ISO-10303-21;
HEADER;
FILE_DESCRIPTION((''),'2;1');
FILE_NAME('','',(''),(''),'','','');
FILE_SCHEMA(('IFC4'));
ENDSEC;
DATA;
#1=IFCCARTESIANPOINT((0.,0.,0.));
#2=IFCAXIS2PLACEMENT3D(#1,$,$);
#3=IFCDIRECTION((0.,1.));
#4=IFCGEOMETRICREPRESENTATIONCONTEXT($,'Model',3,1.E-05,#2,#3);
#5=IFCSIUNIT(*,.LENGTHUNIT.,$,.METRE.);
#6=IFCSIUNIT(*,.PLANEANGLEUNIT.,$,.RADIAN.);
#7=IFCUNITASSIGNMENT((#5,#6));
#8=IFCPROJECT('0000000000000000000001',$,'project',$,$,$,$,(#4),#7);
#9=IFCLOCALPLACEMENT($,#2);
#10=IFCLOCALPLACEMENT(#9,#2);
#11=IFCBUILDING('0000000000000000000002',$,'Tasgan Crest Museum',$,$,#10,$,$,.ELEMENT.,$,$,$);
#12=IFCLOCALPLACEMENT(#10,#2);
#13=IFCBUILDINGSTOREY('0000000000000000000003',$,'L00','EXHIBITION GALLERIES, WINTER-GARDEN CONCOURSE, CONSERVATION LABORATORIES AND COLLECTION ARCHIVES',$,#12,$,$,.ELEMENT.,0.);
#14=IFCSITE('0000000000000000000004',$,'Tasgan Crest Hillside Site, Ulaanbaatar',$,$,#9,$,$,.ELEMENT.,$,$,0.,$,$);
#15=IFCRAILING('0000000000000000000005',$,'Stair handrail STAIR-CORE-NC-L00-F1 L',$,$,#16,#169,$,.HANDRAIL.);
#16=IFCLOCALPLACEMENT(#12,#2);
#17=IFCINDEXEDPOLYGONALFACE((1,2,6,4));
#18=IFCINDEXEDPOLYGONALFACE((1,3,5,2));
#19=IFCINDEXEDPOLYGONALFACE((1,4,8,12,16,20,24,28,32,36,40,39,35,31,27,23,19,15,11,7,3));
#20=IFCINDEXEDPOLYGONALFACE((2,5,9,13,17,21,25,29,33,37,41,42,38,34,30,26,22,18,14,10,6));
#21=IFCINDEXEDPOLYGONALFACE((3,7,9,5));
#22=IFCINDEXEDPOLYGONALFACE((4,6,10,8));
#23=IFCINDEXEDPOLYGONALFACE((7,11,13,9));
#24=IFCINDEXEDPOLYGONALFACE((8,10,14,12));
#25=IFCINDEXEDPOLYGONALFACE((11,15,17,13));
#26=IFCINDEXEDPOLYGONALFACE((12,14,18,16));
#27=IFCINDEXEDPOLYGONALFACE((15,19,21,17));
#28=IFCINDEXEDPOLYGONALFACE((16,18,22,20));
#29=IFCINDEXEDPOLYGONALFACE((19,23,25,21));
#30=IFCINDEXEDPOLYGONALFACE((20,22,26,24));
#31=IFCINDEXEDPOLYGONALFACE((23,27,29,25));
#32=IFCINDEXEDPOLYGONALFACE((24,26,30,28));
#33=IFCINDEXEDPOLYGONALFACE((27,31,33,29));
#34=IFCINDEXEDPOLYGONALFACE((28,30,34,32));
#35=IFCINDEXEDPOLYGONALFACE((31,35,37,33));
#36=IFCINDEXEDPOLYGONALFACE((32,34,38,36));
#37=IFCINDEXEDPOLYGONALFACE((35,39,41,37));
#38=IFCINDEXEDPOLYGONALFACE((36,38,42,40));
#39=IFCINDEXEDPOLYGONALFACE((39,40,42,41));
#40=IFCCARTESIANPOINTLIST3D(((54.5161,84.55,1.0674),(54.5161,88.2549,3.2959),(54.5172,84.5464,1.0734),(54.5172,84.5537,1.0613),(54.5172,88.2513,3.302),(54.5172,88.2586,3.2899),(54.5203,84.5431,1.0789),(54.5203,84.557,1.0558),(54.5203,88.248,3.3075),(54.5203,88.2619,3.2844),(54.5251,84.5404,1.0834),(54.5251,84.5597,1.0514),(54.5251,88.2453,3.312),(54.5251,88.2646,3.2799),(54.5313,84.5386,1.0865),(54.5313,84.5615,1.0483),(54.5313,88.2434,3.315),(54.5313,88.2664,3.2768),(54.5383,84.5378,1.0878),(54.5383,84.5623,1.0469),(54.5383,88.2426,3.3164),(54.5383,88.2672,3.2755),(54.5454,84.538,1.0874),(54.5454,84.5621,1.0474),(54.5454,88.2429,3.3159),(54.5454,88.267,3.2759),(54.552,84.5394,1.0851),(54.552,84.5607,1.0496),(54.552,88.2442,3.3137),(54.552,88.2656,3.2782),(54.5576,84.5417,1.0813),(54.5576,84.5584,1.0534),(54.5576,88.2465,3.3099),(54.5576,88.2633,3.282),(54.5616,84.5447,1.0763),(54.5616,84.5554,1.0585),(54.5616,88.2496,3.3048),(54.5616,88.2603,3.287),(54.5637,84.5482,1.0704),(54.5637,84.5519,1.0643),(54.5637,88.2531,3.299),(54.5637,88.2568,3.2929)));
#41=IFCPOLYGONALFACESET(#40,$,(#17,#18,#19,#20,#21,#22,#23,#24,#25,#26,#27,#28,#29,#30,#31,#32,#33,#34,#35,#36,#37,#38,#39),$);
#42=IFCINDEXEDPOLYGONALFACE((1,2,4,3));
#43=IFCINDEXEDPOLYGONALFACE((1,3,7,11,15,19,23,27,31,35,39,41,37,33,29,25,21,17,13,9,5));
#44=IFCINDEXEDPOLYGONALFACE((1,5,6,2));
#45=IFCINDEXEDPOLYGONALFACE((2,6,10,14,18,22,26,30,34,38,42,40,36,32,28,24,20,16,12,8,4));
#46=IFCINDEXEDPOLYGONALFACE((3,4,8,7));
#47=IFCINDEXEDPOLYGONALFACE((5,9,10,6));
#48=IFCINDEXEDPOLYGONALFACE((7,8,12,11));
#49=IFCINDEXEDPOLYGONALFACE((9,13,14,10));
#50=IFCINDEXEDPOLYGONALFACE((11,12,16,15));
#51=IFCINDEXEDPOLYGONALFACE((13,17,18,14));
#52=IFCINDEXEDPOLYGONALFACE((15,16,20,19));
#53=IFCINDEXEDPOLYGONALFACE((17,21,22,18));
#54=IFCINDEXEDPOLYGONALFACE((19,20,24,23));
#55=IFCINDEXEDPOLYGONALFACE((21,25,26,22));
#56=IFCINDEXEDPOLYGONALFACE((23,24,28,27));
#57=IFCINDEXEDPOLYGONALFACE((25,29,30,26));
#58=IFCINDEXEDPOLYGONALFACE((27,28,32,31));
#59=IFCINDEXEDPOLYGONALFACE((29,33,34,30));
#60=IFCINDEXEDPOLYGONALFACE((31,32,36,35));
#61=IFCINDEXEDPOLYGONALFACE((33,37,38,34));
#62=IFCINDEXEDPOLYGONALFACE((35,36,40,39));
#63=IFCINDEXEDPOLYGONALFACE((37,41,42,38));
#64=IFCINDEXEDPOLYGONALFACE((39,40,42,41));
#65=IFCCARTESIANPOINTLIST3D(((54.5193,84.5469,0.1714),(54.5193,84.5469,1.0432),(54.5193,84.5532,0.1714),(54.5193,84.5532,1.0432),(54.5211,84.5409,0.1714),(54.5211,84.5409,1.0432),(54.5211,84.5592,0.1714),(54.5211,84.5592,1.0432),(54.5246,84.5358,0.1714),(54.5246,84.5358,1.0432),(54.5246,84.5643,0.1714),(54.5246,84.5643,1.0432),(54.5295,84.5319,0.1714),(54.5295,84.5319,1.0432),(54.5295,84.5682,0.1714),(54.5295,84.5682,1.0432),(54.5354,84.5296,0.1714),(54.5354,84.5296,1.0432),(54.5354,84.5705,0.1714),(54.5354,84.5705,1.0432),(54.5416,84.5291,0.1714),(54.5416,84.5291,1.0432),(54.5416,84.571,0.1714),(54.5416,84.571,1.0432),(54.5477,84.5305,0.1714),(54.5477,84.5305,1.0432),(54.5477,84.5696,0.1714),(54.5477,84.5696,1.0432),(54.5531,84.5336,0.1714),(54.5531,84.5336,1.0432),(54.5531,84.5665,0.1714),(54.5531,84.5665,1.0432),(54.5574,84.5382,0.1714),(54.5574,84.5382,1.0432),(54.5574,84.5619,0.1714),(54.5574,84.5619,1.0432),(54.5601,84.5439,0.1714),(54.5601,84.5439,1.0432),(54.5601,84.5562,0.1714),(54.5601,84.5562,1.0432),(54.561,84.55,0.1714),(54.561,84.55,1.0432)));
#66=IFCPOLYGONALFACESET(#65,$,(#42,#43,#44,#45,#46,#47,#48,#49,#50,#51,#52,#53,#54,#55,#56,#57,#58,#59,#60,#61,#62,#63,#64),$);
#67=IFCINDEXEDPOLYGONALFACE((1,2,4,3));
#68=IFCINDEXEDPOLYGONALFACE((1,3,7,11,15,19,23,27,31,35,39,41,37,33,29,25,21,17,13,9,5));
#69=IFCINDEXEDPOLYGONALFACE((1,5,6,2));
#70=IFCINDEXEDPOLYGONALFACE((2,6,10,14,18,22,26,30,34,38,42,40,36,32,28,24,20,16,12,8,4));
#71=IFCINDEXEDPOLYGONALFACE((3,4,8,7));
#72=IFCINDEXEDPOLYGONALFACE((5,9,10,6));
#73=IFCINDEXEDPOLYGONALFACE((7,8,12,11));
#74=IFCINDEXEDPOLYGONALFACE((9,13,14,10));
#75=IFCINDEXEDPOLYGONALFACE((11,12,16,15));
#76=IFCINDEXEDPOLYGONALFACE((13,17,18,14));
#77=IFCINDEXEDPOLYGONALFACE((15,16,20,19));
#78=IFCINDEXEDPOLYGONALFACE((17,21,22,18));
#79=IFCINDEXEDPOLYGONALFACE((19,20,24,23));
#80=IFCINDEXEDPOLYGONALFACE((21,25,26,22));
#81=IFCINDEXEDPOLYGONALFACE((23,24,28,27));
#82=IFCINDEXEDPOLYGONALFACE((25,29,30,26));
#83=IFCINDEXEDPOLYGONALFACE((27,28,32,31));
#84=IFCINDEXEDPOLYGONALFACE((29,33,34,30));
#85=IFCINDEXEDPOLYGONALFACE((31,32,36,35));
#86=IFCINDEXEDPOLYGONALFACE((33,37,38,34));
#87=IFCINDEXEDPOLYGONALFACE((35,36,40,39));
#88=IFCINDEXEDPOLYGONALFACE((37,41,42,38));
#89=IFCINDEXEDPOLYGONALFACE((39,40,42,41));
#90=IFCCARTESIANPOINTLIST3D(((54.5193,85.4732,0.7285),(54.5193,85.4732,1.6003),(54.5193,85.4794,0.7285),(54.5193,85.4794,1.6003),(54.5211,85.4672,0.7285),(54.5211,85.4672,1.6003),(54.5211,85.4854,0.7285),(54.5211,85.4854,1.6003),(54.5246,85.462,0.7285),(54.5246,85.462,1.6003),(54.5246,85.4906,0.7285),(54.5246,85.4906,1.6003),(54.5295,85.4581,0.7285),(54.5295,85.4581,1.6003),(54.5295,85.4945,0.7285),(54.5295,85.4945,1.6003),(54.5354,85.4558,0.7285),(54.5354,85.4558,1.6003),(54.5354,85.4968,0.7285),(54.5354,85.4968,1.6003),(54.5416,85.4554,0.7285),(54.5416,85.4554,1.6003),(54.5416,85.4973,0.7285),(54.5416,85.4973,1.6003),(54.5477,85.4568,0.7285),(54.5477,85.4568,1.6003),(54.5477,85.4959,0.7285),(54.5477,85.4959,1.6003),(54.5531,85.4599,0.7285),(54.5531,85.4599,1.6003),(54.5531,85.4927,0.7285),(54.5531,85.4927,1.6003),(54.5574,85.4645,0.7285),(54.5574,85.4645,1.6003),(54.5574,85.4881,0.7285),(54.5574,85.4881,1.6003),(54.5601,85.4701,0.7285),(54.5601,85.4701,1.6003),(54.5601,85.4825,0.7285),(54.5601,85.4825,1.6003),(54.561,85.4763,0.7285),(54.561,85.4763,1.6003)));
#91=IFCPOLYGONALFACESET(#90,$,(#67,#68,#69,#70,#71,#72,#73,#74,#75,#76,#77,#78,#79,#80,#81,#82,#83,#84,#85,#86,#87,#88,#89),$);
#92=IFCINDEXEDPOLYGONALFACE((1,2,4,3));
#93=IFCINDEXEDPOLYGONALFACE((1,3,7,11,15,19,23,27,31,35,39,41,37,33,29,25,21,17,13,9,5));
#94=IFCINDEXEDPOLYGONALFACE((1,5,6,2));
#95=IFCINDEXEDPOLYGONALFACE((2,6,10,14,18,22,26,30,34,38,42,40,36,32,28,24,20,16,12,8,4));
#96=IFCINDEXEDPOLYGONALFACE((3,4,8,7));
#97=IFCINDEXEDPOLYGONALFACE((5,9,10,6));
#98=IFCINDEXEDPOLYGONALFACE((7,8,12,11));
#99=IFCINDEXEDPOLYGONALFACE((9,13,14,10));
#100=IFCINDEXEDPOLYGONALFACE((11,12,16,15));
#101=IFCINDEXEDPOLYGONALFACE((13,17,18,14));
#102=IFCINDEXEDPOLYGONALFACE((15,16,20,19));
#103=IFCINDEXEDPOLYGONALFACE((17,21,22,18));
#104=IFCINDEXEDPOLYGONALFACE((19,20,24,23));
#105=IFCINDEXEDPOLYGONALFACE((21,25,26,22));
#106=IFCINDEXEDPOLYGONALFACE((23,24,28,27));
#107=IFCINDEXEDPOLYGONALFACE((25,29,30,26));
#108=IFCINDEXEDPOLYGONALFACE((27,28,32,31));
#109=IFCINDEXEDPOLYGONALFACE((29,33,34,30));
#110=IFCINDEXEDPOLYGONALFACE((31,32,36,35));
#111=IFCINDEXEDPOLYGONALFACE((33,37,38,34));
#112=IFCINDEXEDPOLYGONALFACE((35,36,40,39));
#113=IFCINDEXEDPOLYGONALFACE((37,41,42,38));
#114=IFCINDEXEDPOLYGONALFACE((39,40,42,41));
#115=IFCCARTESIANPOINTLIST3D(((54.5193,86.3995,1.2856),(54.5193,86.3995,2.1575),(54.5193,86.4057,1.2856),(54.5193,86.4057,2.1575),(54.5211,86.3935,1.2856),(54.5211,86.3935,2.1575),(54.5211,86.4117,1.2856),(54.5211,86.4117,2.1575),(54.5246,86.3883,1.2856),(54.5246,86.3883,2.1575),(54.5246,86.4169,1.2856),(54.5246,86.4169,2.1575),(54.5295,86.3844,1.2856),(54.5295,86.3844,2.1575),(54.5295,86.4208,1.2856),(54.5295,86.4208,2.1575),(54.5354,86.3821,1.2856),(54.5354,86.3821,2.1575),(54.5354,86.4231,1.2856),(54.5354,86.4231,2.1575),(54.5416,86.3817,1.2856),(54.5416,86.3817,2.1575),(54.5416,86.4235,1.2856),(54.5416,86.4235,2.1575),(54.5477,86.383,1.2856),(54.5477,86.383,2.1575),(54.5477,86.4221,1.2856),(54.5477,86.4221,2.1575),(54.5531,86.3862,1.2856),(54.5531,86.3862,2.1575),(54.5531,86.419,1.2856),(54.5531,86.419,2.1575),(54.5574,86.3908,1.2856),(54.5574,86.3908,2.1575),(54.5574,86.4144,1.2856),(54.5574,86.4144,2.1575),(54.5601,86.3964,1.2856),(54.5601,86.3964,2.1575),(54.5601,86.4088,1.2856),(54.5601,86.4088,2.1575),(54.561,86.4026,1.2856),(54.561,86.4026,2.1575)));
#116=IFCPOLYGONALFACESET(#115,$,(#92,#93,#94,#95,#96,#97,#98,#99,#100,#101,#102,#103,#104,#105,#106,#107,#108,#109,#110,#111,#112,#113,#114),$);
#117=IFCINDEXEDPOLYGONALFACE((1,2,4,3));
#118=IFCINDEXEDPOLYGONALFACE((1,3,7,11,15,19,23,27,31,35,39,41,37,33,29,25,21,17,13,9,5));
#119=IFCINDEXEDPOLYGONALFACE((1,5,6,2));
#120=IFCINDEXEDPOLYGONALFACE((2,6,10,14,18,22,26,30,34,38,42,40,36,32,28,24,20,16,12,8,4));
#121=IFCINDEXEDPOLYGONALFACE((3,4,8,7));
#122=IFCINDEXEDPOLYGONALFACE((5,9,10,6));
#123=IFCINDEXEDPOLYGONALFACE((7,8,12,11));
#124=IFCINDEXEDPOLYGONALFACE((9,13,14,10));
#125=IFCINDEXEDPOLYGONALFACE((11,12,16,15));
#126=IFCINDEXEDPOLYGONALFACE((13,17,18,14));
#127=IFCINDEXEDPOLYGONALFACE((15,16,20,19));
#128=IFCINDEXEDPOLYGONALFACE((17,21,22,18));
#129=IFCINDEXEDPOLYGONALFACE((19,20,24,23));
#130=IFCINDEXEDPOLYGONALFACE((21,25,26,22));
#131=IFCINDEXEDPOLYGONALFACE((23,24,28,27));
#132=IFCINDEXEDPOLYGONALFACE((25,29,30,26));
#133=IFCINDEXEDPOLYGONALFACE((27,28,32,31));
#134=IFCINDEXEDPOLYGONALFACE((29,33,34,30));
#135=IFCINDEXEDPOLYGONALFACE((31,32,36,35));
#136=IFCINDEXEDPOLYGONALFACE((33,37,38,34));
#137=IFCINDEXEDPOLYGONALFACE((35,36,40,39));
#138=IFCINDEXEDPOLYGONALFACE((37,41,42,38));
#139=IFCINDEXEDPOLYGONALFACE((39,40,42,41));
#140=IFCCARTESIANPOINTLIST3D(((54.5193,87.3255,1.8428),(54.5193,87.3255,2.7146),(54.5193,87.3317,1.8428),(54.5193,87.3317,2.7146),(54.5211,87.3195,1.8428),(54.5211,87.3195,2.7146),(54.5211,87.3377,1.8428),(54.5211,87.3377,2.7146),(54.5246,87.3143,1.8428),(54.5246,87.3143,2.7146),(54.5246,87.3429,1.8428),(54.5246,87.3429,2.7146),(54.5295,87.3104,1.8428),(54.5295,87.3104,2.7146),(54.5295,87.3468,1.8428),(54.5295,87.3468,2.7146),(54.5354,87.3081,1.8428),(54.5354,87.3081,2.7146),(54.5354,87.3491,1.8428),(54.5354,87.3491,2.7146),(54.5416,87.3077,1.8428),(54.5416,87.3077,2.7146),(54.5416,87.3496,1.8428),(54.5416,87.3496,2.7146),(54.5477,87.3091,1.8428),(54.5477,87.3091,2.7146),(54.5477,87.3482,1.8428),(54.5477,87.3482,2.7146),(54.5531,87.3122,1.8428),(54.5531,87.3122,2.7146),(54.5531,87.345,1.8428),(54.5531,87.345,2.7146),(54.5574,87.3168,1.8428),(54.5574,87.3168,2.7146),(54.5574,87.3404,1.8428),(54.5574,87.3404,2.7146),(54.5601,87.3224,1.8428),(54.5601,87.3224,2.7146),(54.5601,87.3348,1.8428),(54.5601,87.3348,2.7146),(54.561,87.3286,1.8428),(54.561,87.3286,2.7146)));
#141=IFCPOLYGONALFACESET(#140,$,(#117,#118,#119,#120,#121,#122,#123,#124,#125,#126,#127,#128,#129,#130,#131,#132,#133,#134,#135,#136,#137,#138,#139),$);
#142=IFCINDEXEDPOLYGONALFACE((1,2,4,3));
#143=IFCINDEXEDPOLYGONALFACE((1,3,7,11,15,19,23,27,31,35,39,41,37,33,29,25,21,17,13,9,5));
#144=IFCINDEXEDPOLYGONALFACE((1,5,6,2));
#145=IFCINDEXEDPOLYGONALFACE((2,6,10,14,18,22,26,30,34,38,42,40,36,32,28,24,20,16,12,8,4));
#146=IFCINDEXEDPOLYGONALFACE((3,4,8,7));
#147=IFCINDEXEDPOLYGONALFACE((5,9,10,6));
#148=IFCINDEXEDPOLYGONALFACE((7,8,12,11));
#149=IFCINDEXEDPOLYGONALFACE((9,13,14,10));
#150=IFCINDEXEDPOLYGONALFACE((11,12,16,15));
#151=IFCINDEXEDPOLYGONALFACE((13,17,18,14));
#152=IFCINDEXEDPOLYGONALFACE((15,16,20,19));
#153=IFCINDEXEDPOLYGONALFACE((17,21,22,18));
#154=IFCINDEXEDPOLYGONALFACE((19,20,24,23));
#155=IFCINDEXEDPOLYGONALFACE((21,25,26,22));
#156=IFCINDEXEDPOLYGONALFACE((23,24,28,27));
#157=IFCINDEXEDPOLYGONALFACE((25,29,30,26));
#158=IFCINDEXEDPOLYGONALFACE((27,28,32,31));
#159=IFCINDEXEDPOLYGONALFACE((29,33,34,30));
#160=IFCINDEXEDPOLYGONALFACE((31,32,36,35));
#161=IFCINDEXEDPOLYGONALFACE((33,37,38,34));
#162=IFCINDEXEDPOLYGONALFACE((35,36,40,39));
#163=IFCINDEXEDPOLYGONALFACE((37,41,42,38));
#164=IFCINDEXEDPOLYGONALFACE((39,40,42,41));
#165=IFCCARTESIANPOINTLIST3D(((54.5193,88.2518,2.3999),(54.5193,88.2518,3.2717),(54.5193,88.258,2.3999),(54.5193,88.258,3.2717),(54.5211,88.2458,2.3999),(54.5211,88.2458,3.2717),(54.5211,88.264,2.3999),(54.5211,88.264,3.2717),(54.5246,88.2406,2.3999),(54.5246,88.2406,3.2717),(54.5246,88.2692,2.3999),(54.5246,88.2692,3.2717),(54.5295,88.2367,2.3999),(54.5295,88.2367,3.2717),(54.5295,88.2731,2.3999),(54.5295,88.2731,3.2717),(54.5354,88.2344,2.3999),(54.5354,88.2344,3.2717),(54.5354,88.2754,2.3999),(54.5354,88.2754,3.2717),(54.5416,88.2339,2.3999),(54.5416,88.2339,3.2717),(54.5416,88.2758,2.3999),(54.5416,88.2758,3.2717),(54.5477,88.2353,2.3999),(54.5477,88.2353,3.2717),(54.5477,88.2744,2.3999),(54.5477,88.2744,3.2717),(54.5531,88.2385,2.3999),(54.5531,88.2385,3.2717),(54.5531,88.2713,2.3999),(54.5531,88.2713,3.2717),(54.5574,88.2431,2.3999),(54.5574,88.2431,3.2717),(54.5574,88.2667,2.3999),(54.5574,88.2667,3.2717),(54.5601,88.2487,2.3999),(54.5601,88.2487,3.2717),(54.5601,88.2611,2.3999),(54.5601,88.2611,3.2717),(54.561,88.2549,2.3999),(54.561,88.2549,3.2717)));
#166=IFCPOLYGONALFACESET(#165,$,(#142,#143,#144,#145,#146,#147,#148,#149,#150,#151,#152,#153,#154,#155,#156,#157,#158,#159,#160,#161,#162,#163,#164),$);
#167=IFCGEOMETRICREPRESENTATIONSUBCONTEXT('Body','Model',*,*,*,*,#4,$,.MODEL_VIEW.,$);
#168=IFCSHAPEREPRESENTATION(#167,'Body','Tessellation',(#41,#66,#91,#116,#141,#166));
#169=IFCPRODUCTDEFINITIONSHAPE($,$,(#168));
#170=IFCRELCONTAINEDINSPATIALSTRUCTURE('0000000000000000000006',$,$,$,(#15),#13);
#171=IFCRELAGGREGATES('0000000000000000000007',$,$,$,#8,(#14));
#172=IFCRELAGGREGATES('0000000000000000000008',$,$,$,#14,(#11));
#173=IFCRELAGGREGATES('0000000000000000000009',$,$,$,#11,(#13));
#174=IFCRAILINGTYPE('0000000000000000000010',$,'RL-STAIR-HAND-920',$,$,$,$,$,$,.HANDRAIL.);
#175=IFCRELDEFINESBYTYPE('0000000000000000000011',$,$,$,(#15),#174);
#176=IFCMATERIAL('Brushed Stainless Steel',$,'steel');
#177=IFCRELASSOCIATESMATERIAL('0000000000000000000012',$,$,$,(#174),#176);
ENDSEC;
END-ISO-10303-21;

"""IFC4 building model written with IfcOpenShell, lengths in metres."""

from ifc_helpers import new_model, si_unit, direction, frame, origin, origin_2d, place, context, subcontext, project, spatial, circle, extrude, material, type_object, element, save


model = new_model("IFC4")

# Units and contexts
model_context = context("Model", 3, precision=1e-05, world=origin(), true_north=direction((0.0, 1.0)))
body_context = subcontext(model_context, "Body", "Model", "MODEL_VIEW")
ifc_project = project(units=[si_unit("LENGTHUNIT", "METRE"), si_unit("PLANEANGLEUNIT", "RADIAN")], contexts=[model_context])

# Site, building, storey
site_placement = place(None, origin())
site = spatial("IfcSite", under=ifc_project, at=site_placement, Name="Tasgan Crest Hillside Site, Ulaanbaatar", CompositionType="ELEMENT", RefElevation=0.0)
building_placement = place(site_placement, origin())
building = spatial("IfcBuilding", under=site, at=building_placement, Name="Tasgan Crest Museum", CompositionType="ELEMENT")
storey_placement = place(building_placement, origin())
storey = spatial("IfcBuildingStorey", under=building, at=storey_placement, Name="L00", Description="EXHIBITION GALLERIES, WINTER-GARDEN CONCOURSE, CONSERVATION LABORATORIES AND COLLECTION ARCHIVES", CompositionType="ELEMENT", Elevation=0.0)

# Railing
ifc_material_1 = material(Name="Brushed Stainless Steel", Category="steel")
railing_type_1 = type_object("IfcRailingType", Name="RL-STAIR-HAND-920", PredefinedType="HANDRAIL", material=ifc_material_1)
railing_1_placement = place(storey_placement, frame((54.54, 84.55, 0.1714)))
element("IfcRailing", 1, at=railing_1_placement, inside=storey, type_object=railing_type_1, Name="Stair handrail STAIR-CORE-NC-L00-F1 L", PredefinedType="HANDRAIL", context=body_context, shape_type="SweptSolid", body=[
    extrude(circle(Radius=0.0239, at=origin_2d()), frame((0.0, 0.0, 0.896), z_axis=(0.0, 0.856919, 0.51545), x_axis=(-1.0, 0.0, 0.0)), (0.0, 0.0, 1.0), 4.3235),
    extrude(circle(Radius=0.021, at=origin_2d()), origin(), (0.0, 0.0, 1.0), 0.8718),
    extrude(circle(Radius=0.021, at=origin_2d()), frame((0.0, 0.9263, 0.5571)), (0.0, 0.0, 1.0), 0.8718),
    extrude(circle(Radius=0.021, at=origin_2d()), frame((0.0, 1.8525, 1.1143)), (0.0, 0.0, 1.0), 0.8718),
    extrude(circle(Radius=0.021, at=origin_2d()), frame((0.0, 2.7786, 1.6714)), (0.0, 0.0, 1.0), 0.8718),
    extrude(circle(Radius=0.021, at=origin_2d()), frame((0.0, 3.7048, 2.2285)), (0.0, 0.0, 1.0), 0.8718),
])

save(model, "model.ifc")
